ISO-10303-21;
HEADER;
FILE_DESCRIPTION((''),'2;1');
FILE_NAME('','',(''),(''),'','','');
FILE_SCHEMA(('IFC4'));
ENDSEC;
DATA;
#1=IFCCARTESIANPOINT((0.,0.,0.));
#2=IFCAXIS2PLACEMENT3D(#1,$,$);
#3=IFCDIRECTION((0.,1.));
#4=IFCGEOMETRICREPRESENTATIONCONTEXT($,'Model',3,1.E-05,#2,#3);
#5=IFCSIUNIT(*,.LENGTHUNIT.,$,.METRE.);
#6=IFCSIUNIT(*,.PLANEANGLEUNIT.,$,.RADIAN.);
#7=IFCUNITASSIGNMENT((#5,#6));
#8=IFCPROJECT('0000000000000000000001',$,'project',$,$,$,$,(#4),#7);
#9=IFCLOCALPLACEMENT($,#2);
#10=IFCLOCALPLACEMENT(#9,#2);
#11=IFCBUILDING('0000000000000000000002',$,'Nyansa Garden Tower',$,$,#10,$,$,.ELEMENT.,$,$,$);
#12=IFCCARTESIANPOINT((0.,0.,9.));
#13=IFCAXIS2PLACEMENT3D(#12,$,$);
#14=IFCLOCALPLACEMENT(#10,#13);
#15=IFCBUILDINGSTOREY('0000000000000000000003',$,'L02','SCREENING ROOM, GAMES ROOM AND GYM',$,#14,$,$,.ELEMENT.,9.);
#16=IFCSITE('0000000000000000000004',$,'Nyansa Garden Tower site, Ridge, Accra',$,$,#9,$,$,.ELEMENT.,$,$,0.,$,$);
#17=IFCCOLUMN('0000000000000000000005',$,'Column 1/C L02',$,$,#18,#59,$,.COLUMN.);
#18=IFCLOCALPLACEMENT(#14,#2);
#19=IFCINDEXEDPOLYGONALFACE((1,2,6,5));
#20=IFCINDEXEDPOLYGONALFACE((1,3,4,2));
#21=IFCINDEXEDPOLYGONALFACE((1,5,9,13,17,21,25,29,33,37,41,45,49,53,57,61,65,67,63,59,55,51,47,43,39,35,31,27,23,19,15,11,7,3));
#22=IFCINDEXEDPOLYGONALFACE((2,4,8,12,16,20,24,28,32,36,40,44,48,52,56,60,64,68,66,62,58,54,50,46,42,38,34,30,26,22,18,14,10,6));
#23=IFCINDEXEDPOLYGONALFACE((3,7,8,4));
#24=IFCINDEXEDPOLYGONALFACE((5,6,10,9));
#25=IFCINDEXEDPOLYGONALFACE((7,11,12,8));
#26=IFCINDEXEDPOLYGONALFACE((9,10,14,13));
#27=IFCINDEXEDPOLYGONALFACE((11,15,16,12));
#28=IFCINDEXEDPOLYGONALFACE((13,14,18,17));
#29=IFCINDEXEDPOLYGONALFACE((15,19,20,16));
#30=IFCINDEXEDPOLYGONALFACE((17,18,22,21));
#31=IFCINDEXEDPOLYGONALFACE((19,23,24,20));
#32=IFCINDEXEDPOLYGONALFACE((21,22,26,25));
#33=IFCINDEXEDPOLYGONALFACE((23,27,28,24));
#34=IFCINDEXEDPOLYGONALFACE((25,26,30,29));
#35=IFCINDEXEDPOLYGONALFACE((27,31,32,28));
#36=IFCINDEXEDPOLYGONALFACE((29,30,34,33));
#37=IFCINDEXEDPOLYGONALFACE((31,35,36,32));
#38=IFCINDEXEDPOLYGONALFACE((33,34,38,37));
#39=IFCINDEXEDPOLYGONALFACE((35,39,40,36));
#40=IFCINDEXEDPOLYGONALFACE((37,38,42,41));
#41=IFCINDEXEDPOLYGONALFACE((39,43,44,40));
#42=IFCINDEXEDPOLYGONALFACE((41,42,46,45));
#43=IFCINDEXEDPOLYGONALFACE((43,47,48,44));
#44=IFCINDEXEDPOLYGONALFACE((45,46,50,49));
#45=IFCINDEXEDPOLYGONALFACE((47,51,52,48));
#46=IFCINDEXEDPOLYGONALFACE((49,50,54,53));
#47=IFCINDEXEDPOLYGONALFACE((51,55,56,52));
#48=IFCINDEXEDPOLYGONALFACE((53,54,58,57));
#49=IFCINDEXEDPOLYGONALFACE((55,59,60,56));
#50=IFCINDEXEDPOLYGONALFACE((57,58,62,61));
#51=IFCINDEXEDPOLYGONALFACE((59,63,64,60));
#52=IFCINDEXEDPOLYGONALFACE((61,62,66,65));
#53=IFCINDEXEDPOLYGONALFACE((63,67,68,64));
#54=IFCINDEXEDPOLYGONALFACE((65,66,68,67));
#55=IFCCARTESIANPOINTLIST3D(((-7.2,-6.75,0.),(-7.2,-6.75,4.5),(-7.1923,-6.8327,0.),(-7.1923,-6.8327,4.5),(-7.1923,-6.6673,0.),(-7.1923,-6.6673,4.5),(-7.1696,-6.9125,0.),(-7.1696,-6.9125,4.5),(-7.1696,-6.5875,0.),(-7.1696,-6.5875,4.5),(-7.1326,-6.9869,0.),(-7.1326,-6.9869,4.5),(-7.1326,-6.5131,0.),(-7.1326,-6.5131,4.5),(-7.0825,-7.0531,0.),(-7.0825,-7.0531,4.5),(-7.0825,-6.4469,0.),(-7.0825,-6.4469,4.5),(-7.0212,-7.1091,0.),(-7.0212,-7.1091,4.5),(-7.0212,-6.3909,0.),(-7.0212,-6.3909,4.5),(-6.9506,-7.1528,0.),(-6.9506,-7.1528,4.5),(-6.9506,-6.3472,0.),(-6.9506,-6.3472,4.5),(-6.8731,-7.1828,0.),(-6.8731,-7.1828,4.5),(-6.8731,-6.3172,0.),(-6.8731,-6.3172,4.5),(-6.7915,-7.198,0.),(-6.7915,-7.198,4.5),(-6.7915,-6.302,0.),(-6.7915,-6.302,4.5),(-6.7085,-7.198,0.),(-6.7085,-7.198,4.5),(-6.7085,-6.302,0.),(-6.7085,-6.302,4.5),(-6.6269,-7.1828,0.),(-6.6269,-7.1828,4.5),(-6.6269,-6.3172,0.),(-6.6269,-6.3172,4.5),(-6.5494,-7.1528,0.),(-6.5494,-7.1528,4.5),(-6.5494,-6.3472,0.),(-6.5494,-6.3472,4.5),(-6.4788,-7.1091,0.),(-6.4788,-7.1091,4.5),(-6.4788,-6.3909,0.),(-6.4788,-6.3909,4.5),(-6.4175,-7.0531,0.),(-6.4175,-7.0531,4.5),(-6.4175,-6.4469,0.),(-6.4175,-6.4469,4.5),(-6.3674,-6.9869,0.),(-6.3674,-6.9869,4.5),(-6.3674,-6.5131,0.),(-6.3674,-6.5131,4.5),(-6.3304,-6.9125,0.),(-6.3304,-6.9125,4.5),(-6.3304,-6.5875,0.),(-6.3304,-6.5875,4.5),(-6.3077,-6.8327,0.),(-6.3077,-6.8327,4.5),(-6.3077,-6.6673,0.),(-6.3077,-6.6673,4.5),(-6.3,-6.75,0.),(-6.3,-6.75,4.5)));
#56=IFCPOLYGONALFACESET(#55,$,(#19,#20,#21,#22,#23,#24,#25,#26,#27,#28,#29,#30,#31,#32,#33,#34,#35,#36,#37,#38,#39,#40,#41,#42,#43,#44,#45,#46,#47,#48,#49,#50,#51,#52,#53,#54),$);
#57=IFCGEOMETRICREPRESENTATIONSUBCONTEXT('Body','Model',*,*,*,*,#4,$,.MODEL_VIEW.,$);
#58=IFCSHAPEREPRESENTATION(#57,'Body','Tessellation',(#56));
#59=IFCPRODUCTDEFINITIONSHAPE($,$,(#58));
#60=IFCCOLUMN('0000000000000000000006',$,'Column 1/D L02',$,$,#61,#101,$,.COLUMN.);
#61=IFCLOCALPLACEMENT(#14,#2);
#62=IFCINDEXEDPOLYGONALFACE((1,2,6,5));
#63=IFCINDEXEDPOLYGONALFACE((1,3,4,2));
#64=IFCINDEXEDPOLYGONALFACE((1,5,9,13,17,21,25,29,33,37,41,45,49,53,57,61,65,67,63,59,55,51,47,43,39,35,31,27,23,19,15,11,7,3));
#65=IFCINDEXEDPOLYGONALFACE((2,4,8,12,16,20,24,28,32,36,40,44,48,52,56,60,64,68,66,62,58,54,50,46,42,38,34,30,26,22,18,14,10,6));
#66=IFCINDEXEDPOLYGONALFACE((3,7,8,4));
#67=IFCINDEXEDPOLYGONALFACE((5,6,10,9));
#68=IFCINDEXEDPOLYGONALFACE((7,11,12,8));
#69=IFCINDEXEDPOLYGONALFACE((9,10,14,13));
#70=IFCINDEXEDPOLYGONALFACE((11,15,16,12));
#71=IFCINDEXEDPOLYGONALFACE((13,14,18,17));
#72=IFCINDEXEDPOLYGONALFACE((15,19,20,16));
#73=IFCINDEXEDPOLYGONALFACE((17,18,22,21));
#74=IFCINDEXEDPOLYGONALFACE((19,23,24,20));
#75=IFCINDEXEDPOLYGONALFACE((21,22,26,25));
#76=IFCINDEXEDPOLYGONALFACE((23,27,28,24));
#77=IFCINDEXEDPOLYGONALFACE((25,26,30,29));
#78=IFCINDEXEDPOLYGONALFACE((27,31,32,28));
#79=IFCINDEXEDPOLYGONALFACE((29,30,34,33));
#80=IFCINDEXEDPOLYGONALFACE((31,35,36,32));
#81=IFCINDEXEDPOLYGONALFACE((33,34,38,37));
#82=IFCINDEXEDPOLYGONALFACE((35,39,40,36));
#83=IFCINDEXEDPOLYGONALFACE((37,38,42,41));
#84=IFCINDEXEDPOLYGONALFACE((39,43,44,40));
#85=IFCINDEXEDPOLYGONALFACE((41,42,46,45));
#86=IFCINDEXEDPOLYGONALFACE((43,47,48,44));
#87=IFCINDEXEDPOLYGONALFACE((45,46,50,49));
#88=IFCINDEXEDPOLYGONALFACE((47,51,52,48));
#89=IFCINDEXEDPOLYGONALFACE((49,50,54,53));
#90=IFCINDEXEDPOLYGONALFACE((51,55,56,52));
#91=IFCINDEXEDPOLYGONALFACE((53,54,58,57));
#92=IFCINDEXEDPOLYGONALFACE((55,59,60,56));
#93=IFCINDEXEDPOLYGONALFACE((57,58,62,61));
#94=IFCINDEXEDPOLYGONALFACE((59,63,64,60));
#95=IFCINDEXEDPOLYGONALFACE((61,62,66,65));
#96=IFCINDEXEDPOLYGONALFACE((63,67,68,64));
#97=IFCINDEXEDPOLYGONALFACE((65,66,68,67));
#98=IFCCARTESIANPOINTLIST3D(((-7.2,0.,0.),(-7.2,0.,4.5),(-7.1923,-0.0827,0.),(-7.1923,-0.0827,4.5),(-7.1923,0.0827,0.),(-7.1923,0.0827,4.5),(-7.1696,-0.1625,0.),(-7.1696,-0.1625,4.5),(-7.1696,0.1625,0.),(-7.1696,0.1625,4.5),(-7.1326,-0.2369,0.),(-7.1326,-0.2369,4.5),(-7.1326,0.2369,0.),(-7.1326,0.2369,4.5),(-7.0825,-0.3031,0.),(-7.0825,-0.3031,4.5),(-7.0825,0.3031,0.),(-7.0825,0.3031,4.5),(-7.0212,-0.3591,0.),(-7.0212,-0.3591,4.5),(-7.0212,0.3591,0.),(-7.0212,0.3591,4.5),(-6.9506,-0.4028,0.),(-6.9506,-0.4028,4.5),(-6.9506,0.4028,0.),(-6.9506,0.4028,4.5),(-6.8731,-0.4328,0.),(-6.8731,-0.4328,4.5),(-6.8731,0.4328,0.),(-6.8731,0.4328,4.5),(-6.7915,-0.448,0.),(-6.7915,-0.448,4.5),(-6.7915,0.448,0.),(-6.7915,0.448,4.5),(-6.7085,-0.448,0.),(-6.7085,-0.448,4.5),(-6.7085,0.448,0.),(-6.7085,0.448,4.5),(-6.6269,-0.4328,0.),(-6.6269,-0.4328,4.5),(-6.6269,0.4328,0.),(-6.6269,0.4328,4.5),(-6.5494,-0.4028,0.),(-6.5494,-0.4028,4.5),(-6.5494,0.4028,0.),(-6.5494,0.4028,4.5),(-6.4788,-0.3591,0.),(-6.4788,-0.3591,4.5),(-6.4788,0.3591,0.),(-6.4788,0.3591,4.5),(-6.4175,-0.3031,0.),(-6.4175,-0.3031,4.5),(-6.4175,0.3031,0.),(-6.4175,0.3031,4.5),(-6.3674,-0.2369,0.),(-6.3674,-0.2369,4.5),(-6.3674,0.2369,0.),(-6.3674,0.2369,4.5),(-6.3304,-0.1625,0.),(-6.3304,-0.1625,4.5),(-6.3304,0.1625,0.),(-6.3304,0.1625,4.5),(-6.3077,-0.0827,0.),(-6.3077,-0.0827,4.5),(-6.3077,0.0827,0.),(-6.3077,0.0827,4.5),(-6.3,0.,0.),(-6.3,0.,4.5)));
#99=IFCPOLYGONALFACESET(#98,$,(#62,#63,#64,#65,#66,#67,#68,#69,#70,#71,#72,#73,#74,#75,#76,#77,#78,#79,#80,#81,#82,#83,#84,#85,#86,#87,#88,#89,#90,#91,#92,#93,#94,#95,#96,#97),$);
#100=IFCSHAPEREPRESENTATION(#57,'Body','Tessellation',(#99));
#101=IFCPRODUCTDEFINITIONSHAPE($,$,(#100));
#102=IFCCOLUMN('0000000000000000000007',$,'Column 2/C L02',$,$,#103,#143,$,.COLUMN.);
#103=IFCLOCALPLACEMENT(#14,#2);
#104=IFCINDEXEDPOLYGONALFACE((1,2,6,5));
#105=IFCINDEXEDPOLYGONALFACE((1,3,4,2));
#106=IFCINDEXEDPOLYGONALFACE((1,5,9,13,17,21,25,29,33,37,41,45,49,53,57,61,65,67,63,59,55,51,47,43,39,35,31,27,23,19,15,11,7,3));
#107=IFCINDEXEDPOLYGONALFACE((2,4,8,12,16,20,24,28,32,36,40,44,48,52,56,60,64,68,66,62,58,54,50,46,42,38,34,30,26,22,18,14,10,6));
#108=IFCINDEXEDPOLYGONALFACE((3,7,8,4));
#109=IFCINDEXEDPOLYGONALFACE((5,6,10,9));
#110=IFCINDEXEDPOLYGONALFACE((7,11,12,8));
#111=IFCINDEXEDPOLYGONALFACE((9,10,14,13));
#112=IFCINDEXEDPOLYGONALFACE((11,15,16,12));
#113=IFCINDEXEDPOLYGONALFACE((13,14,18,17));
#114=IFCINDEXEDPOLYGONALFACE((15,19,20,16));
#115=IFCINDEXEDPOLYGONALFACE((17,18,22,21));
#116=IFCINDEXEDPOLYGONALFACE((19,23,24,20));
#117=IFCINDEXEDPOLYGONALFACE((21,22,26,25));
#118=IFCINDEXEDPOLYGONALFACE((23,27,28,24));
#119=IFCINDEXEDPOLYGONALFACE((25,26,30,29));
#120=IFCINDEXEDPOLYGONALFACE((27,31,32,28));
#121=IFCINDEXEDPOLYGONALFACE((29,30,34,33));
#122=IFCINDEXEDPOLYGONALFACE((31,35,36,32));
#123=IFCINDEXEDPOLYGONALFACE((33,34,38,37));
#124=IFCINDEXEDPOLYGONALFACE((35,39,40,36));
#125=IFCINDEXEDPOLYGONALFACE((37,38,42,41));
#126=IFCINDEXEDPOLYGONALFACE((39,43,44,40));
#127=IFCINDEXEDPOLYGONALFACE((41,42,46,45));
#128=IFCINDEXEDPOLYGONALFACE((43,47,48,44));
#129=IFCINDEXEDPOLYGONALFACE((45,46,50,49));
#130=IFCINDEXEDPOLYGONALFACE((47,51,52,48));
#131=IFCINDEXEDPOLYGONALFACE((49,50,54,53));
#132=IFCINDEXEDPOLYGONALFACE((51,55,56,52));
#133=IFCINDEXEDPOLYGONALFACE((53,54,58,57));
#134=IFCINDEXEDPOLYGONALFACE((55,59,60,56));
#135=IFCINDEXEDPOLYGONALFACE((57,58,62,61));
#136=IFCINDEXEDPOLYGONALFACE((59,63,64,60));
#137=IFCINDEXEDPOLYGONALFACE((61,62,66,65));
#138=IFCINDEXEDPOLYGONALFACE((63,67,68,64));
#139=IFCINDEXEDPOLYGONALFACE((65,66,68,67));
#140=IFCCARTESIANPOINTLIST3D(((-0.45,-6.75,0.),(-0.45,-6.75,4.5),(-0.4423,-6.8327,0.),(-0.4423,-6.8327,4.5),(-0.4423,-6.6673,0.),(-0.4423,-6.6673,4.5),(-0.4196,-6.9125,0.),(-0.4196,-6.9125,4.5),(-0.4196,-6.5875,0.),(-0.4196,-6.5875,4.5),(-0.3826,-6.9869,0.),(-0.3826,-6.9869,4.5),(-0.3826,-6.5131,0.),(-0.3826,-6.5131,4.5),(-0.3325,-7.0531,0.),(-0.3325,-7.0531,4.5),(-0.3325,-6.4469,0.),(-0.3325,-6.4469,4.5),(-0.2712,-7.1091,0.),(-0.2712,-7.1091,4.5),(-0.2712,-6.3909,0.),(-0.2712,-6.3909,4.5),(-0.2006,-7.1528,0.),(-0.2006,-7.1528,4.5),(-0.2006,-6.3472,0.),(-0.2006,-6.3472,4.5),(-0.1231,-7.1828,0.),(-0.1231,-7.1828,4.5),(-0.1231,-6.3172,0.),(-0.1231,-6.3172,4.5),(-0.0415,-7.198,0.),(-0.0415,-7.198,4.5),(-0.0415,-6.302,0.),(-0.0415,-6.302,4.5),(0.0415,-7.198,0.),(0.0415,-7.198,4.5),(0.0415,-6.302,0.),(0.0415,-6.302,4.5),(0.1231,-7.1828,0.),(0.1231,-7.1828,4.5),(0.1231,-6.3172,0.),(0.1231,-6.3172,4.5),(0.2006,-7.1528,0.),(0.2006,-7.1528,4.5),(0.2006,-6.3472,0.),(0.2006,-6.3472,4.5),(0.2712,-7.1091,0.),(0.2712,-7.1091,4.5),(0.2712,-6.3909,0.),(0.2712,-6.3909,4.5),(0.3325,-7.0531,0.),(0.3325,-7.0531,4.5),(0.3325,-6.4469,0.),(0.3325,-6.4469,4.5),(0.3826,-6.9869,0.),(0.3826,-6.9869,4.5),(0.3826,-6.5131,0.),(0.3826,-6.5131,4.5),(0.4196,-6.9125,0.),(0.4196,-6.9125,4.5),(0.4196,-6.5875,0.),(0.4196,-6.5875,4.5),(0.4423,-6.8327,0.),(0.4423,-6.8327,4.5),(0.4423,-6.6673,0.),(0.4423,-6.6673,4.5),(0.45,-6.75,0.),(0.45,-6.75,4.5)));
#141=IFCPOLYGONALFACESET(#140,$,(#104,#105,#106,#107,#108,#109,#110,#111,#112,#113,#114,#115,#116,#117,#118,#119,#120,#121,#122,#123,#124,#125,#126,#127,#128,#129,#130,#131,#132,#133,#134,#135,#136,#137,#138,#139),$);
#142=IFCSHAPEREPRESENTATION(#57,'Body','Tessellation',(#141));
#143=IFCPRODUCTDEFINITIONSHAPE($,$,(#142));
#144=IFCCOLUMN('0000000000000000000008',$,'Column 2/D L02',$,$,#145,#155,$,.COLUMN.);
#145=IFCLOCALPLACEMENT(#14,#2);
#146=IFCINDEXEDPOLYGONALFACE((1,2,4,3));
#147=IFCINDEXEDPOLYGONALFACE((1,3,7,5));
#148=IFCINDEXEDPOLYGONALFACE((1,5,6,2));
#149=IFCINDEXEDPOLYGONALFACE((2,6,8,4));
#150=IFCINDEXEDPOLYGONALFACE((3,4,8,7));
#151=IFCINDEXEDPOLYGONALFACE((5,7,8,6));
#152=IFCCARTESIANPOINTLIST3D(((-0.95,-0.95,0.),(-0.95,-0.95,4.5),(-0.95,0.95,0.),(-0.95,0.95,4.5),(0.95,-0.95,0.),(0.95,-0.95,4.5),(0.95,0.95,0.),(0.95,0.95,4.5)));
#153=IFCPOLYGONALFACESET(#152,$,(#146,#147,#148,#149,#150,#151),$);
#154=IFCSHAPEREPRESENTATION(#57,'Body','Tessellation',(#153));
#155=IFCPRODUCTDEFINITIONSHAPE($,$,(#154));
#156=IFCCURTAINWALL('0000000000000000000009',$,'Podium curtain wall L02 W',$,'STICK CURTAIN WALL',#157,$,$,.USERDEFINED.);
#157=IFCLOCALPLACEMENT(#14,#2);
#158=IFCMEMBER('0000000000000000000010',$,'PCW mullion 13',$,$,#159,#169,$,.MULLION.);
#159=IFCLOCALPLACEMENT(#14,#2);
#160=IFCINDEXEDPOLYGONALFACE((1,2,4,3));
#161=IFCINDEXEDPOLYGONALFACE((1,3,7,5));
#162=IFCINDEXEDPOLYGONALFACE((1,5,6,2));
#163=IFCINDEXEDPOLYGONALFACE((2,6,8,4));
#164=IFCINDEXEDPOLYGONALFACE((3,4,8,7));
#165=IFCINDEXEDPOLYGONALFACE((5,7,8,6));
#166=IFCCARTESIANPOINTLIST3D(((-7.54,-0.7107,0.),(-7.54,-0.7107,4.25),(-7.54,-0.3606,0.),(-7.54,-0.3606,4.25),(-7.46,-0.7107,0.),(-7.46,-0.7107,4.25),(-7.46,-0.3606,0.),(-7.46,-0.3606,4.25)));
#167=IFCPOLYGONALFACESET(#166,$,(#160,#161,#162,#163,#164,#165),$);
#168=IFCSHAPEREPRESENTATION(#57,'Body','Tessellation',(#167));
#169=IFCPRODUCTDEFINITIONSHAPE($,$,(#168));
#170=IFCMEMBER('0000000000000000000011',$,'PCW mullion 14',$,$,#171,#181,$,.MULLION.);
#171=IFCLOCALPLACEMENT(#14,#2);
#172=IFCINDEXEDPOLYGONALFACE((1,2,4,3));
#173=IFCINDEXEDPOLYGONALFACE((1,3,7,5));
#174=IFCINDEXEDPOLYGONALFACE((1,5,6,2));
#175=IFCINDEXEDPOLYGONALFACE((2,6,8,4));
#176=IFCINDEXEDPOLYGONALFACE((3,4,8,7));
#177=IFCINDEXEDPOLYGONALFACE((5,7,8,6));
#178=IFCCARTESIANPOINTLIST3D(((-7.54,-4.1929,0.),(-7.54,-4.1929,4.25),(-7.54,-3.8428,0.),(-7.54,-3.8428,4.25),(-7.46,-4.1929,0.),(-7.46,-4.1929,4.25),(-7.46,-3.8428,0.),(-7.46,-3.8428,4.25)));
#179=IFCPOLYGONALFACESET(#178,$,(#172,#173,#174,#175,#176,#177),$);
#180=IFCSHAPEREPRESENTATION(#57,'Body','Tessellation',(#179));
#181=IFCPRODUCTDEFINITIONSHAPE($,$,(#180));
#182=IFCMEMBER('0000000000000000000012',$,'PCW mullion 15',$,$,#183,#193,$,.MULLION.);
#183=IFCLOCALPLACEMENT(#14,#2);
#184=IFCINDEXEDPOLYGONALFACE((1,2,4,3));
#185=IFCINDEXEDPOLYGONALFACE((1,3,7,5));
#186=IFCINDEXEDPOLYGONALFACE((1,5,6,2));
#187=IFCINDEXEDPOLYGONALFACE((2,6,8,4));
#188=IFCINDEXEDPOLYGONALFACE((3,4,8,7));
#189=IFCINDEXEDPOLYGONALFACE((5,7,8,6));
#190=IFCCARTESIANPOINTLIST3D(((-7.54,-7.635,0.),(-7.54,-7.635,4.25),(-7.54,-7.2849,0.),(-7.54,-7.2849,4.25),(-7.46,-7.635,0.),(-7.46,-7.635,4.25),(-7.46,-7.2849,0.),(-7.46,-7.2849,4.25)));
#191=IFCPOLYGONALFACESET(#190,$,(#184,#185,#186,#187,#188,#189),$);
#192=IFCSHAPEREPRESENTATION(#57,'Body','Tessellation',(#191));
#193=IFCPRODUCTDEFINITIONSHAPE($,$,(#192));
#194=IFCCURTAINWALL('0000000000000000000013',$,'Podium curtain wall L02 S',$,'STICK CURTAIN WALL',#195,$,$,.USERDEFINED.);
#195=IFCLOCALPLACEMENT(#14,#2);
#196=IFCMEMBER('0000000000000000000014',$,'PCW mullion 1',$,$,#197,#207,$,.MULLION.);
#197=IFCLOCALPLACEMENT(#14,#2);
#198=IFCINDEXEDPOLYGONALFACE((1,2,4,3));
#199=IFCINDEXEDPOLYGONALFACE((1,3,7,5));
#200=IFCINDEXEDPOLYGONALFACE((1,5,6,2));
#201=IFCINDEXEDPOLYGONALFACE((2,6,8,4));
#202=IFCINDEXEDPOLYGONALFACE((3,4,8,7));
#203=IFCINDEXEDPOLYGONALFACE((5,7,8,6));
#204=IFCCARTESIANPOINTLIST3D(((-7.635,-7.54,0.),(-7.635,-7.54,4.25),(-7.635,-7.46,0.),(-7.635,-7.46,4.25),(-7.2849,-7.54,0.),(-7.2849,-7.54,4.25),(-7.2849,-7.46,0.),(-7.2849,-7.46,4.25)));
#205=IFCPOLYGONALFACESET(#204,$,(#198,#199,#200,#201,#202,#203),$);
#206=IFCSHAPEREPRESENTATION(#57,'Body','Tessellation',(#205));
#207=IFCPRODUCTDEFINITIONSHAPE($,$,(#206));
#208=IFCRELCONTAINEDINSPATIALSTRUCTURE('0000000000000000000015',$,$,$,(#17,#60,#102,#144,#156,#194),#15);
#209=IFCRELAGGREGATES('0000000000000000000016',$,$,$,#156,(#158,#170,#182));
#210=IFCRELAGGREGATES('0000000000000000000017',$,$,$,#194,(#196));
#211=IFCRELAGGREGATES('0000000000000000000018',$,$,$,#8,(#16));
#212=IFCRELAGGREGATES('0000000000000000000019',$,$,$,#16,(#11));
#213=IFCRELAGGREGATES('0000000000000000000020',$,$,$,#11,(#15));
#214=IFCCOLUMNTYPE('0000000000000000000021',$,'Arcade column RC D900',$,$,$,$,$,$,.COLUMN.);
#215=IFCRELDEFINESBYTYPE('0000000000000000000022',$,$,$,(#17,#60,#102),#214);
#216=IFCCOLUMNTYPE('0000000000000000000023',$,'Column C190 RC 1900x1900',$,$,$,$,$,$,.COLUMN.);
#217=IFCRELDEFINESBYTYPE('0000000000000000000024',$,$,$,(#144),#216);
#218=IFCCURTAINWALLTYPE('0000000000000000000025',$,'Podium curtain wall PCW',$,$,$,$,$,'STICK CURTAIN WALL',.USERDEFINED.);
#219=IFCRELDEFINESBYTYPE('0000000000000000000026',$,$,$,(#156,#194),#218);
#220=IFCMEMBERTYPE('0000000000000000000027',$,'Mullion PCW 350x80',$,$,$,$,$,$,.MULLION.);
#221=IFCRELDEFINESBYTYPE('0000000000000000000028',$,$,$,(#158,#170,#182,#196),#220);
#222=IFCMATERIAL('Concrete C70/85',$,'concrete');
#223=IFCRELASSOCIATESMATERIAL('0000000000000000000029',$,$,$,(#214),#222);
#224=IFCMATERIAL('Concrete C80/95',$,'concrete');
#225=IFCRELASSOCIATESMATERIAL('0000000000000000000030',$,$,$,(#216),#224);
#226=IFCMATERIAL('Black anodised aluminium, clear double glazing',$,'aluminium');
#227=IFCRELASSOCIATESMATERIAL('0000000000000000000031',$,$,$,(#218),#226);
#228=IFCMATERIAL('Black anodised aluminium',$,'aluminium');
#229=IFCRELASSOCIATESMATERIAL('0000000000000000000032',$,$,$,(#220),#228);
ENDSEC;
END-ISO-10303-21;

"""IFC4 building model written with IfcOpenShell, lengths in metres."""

from ifc_helpers import new_model, si_unit, direction, frame, origin, origin_with_axes, origin_2d, place, context, subcontext, project, spatial, rectangle, circle, extrude, material, material_profile, profile_set, type_object, element, aggregate, save


model = new_model("IFC4")

# Units and contexts
model_context = context("Model", 3, precision=1e-05, world=origin(), true_north=direction((0.0, 1.0)))
body_context = subcontext(model_context, "Body", "Model", "MODEL_VIEW")
ifc_project = project(units=[si_unit("LENGTHUNIT", "METRE"), si_unit("PLANEANGLEUNIT", "RADIAN")], contexts=[model_context])

# Site, building, storey
site_placement = place(None, origin())
site = spatial("IfcSite", under=ifc_project, at=site_placement, Name="Nyansa Garden Tower site, Ridge, Accra", CompositionType="ELEMENT", RefElevation=0.0)
building_placement = place(site_placement, origin())
building = spatial("IfcBuilding", under=site, at=building_placement, Name="Nyansa Garden Tower", CompositionType="ELEMENT")
storey_placement = place(building_placement, frame((0.0, 0.0, 9.0)))
storey = spatial("IfcBuildingStorey", under=building, at=storey_placement, Name="L02", Description="SCREENING ROOM, GAMES ROOM AND GYM", CompositionType="ELEMENT", Elevation=9.0)

# Columns
ifc_material_1 = material(Name="Concrete C70/85", Category="concrete")
ifc_material_profile_1 = material_profile(ifc_material_1, circle(Radius=0.45, at=origin_2d()), Name="RC D900")
ifc_profile_set_1 = profile_set([ifc_material_profile_1], Name="Concrete C70/85")
column_type_1 = type_object("IfcColumnType", Name="Arcade column RC D900", PredefinedType="COLUMN", material=ifc_profile_set_1)
for number, where, z_axis, x_axis, name in (
    (1, (-6.75, -6.75, 0.0), (0.0, 0.0, 1.0), (1.0, 0.0, 0.0), "Column 1/C L02"),
    (2, (-6.75, 0.0, 0.0), (0.0, 0.0, 1.0), (1.0, 0.0, 0.0), "Column 1/D L02"),
    (3, (0.0, -6.75, 0.0), (0.0, 0.0, 1.0), (1.0, 0.0, 0.0), "Column 2/C L02"),
):
    element("IfcColumn", number, at=place(storey_placement, frame(where, z_axis=z_axis, x_axis=x_axis)), inside=storey, type_object=column_type_1, Name=name, PredefinedType="COLUMN", context=body_context, shape_type="SweptSolid", body=[
        extrude(circle(Radius=0.45, at=origin_2d()), origin(), (0.0, 0.0, 1.0), 4.5),
    ])
ifc_material_2 = material(Name="Concrete C80/95", Category="concrete")
ifc_material_profile_2 = material_profile(ifc_material_2, rectangle(XDim=1.8999, YDim=1.8999, at=origin_2d()), Name="RC 1900x1900")
ifc_profile_set_2 = profile_set([ifc_material_profile_2], Name="Concrete C80/95")
column_type_2 = type_object("IfcColumnType", Name="Column C190 RC 1900x1900", PredefinedType="COLUMN", material=ifc_profile_set_2)
column_placement = place(storey_placement, origin_with_axes())
element("IfcColumn", 4, at=column_placement, inside=storey, type_object=column_type_2, Name="Column 2/D L02", PredefinedType="COLUMN", context=body_context, shape_type="SweptSolid", body=[
    extrude(rectangle(XDim=1.8999, YDim=1.8999, at=origin_2d()), origin(), (0.0, 0.0, 1.0), 4.5),
])

# Curtain walls, members
ifc_material_3 = material(Name="Black anodised aluminium, clear double glazing", Category="aluminium")
curtain_wall_type = type_object("IfcCurtainWallType", Name="Podium curtain wall PCW", ElementType="STICK CURTAIN WALL", PredefinedType="USERDEFINED", material=ifc_material_3)
curtain_wall_1_placement = place(storey_placement, origin())
curtain_wall_1 = element("IfcCurtainWall", 5, at=curtain_wall_1_placement, inside=storey, type_object=curtain_wall_type, Name="Podium curtain wall L02 W", ObjectType="STICK CURTAIN WALL", PredefinedType="USERDEFINED")
ifc_material_4 = material(Name="Black anodised aluminium", Category="aluminium")
ifc_material_profile_3 = material_profile(ifc_material_4, rectangle(XDim=0.0801, YDim=0.3501, at=origin_2d()), Name="Mullion 350x80")
ifc_profile_set_3 = profile_set([ifc_material_profile_3], Name="Black anodised aluminium")
member_type_1 = type_object("IfcMemberType", Name="Mullion PCW 350x80", PredefinedType="MULLION", material=ifc_profile_set_3)
member_1_placement = place(storey_placement, frame((-7.5, -0.5356, 0.0), z_axis=(0.0, 0.0, 1.0), x_axis=(1.0, 0.0, 0.0)))
member_1 = element("IfcMember", 6, at=member_1_placement, type_object=member_type_1, Name="PCW mullion 13", PredefinedType="MULLION", context=body_context, shape_type="SweptSolid", body=[
    extrude(rectangle(XDim=0.0801, YDim=0.3501, at=origin_2d()), origin(), (0.0, 0.0, 1.0), 4.25),
])
member_2_placement = place(storey_placement, frame((-7.5, -4.0178, 0.0), z_axis=(0.0, 0.0, 1.0), x_axis=(1.0, 0.0, 0.0)))
member_2 = element("IfcMember", 7, at=member_2_placement, type_object=member_type_1, Name="PCW mullion 14", PredefinedType="MULLION", context=body_context, shape_type="SweptSolid", body=[
    extrude(rectangle(XDim=0.0801, YDim=0.3501, at=origin_2d()), origin(), (0.0, 0.0, 1.0), 4.25),
])
member_3_placement = place(storey_placement, frame((-7.5, -7.46, 0.0), z_axis=(0.0, 0.0, 1.0), x_axis=(1.0, 0.0, 0.0)))
member_3 = element("IfcMember", 8, at=member_3_placement, type_object=member_type_1, Name="PCW mullion 15", PredefinedType="MULLION", context=body_context, shape_type="SweptSolid", body=[
    extrude(rectangle(XDim=0.0801, YDim=0.3501, at=origin_2d()), origin(), (0.0, 0.0, 1.0), 4.25),
])
curtain_wall_2_placement = place(storey_placement, origin())
curtain_wall_2 = element("IfcCurtainWall", 9, at=curtain_wall_2_placement, inside=storey, type_object=curtain_wall_type, Name="Podium curtain wall L02 S", ObjectType="STICK CURTAIN WALL", PredefinedType="USERDEFINED")
member_4_placement = place(storey_placement, frame((-7.46, -7.5, 0.0), z_axis=(0.0, 0.0, 1.0), x_axis=(0.0, 1.0, 0.0)))
member_4 = element("IfcMember", 10, at=member_4_placement, type_object=member_type_1, Name="PCW mullion 1", PredefinedType="MULLION", context=body_context, shape_type="SweptSolid", body=[
    extrude(rectangle(XDim=0.0801, YDim=0.3501, at=origin_2d()), origin(), (0.0, 0.0, 1.0), 4.25),
])

aggregate(curtain_wall_1, [member_1, member_2, member_3])
aggregate(curtain_wall_2, [member_4])

save(model, "model.ifc")
